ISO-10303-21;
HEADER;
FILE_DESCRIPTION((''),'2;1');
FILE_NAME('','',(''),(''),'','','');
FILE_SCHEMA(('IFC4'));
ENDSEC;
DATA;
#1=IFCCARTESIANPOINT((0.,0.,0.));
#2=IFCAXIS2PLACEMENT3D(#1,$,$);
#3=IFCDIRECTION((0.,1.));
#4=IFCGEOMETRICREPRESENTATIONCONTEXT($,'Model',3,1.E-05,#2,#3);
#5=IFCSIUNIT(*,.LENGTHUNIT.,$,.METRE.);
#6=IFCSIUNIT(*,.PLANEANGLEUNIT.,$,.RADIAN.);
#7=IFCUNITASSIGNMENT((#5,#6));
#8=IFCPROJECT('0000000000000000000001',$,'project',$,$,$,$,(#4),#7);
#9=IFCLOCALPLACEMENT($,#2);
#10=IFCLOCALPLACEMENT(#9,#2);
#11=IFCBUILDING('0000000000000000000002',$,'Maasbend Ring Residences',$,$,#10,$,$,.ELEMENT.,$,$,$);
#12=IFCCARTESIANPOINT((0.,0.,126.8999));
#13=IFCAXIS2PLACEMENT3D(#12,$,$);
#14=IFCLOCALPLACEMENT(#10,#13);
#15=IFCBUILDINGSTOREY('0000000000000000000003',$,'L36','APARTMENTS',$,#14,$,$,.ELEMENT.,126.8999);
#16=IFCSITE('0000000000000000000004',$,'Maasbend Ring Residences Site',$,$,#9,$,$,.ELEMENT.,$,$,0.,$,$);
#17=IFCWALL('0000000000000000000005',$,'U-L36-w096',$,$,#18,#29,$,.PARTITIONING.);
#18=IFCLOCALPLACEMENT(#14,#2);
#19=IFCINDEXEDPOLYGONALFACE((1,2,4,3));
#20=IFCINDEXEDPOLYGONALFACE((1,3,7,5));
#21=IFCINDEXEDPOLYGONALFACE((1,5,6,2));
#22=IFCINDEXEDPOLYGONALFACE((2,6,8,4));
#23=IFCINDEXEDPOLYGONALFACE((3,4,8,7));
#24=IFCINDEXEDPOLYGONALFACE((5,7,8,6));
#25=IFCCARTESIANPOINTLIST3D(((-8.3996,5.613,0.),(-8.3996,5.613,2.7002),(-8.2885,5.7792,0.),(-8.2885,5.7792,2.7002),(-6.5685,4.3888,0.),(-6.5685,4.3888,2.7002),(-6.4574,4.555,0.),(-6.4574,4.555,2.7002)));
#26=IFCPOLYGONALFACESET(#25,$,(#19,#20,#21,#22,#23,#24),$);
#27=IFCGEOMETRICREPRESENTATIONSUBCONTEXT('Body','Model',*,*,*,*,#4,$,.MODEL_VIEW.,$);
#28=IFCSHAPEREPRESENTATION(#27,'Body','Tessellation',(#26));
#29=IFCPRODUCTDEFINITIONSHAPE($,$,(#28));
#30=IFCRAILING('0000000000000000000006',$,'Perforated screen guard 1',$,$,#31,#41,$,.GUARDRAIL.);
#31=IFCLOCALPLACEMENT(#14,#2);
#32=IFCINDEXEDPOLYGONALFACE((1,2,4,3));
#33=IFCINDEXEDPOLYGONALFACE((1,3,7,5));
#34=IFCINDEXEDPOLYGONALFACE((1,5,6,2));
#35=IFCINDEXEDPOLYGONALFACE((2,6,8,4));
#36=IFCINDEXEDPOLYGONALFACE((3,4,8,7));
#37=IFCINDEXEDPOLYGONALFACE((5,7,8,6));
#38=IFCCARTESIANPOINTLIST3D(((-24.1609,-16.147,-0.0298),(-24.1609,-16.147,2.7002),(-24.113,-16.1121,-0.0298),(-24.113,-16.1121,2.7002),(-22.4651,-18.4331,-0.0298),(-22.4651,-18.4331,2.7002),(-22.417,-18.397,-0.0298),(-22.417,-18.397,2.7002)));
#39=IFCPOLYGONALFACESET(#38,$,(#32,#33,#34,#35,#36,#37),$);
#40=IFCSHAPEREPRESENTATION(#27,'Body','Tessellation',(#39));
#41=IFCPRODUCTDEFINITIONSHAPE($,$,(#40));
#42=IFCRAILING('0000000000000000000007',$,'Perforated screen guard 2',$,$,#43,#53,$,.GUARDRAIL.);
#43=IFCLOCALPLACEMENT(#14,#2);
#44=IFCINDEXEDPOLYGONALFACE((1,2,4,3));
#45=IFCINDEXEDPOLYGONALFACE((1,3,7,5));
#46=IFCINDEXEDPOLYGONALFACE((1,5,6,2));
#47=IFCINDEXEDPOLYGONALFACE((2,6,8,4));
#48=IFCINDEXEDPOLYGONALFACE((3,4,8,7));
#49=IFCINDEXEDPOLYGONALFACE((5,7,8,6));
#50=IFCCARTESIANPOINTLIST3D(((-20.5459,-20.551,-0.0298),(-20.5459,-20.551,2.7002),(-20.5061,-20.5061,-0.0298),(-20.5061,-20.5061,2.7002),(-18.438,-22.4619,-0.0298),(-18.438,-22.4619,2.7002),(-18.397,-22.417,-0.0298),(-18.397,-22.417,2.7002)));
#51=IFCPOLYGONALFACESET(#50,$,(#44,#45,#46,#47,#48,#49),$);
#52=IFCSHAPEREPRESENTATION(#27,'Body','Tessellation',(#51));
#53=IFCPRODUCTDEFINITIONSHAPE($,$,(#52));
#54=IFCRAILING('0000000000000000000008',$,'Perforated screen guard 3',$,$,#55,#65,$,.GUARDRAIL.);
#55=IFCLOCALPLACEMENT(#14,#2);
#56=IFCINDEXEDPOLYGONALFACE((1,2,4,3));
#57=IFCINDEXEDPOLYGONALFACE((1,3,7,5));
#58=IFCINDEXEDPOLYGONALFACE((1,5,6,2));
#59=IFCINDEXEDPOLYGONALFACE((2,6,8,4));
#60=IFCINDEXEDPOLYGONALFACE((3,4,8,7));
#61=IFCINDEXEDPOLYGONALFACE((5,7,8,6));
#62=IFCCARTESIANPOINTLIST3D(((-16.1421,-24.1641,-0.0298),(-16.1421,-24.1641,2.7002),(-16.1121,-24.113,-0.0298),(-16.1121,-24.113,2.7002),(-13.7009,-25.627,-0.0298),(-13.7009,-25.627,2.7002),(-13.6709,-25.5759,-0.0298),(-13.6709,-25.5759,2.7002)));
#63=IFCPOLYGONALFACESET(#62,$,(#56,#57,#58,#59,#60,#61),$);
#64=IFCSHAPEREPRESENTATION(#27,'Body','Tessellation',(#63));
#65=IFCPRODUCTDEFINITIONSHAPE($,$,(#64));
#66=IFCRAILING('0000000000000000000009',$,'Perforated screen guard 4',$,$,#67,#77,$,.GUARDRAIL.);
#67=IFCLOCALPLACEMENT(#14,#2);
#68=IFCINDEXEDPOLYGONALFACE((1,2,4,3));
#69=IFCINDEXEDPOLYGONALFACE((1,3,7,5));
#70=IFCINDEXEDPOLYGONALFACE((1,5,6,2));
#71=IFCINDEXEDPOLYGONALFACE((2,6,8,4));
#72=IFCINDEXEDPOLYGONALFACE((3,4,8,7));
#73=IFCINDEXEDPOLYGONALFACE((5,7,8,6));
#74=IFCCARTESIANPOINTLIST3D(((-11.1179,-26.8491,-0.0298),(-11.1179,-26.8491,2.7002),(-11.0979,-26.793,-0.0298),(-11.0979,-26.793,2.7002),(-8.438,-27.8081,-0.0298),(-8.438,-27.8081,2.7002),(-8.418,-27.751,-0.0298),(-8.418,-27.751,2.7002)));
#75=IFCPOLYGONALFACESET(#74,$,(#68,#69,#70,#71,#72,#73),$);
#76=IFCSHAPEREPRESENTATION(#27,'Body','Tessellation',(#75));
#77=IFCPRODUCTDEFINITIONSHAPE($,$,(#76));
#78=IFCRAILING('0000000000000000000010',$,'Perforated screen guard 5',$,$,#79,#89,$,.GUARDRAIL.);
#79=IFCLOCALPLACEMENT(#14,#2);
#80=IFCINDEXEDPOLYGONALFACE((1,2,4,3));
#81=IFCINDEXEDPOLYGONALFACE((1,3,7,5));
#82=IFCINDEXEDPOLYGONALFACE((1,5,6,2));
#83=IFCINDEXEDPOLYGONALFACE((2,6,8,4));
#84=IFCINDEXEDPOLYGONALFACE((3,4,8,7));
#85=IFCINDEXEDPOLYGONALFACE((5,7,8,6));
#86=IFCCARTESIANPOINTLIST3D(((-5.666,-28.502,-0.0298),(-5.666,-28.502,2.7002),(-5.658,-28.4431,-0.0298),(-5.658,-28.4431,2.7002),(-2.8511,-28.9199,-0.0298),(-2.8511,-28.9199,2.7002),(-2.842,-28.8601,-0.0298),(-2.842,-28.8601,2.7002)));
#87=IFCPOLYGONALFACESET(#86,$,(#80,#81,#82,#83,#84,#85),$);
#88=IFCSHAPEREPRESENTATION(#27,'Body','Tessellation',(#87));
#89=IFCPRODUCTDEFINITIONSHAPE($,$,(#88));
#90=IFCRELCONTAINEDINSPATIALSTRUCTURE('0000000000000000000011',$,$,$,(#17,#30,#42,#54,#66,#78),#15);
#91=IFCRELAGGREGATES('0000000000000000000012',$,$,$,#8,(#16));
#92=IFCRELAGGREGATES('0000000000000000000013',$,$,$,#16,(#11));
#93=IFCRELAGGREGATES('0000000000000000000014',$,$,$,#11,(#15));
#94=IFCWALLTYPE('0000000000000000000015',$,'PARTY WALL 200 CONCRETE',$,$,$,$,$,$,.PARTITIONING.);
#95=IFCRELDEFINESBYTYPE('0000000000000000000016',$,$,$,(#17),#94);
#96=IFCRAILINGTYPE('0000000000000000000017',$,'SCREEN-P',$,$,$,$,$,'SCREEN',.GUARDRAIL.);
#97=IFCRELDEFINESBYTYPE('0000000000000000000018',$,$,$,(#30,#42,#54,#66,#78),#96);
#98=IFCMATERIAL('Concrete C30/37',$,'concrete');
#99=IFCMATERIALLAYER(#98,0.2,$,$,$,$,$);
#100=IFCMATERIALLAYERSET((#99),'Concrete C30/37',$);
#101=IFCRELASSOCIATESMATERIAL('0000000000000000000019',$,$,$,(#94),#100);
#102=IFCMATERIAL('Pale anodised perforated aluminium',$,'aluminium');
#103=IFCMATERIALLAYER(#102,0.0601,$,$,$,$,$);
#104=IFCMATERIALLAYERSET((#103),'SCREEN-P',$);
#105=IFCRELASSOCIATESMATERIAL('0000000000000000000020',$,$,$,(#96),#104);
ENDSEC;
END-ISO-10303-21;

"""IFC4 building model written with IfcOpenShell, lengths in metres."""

from ifc_helpers import new_model, si_unit, direction, frame, frame_2d, origin, place, context, subcontext, project, spatial, polyline, rectangle, outline, extrude, material, layer, layer_set, type_object, element, save


model = new_model("IFC4")

# Units and contexts
model_context = context("Model", 3, precision=1e-05, world=origin(), true_north=direction((0.0, 1.0)))
body_context = subcontext(model_context, "Body", "Model", "MODEL_VIEW")
ifc_project = project(units=[si_unit("LENGTHUNIT", "METRE"), si_unit("PLANEANGLEUNIT", "RADIAN")], contexts=[model_context])

# Site, building, storey
site_placement = place(None, origin())
site = spatial("IfcSite", under=ifc_project, at=site_placement, Name="Maasbend Ring Residences Site", CompositionType="ELEMENT", RefElevation=0.0)
building_placement = place(site_placement, origin())
building = spatial("IfcBuilding", under=site, at=building_placement, Name="Maasbend Ring Residences", CompositionType="ELEMENT")
storey_placement = place(building_placement, frame((0.0, 0.0, 126.8999)))
storey = spatial("IfcBuildingStorey", under=building, at=storey_placement, Name="L36", Description="APARTMENTS", CompositionType="ELEMENT", Elevation=126.8999)

# Wall
ifc_material_1 = material(Name="Concrete C30/37", Category="concrete")
ifc_layer_1 = layer(ifc_material_1, 0.2)
ifc_layer_set_1 = layer_set([ifc_layer_1], Name="Concrete C30/37")
wall_type = type_object("IfcWallType", Name="PARTY WALL 200 CONCRETE", PredefinedType="PARTITIONING", material=ifc_layer_set_1)
wall_placement = place(storey_placement, frame((-6.5129, 4.4719, 0.0), z_axis=(0.0, 0.0, 1.0), x_axis=(-0.831333, 0.555774, 0.0)))
element("IfcWall", 1, at=wall_placement, inside=storey, type_object=wall_type, Name="U-L36-w096", PredefinedType="PARTITIONING", context=body_context, shape_type="SweptSolid", body=[
    extrude(rectangle(XDim=2.2026, YDim=0.2, at=frame_2d((1.1013, 0.0))), origin(), (0.0, 0.0, 1.0), 2.7002),
])

# Railings
ifc_material_2 = material(Name="Pale anodised perforated aluminium", Category="aluminium")
ifc_layer_2 = layer(ifc_material_2, 0.0601)
ifc_layer_set_2 = layer_set([ifc_layer_2], Name="SCREEN-P")
railing_type = type_object("IfcRailingType", Name="SCREEN-P", ElementType="SCREEN", PredefinedType="GUARDRAIL", material=ifc_layer_set_2)
railing_1_placement = place(storey_placement, frame((0.0, 0.0, -0.0298)))
element("IfcRailing", 2, at=railing_1_placement, inside=storey, type_object=railing_type, Name="Perforated screen guard 1", PredefinedType="GUARDRAIL", context=body_context, shape_type="SweptSolid", body=[
    extrude(outline(polyline([(-24.113, -16.1121), (-22.417, -18.397), (-22.4651, -18.4331), (-24.1609, -16.147), (-24.113, -16.1121)])), origin(), (0.0, 0.0, 1.0), 2.73),
])
railing_2_placement = place(storey_placement, frame((0.0, 0.0, -0.0298)))
element("IfcRailing", 3, at=railing_2_placement, inside=storey, type_object=railing_type, Name="Perforated screen guard 2", PredefinedType="GUARDRAIL", context=body_context, shape_type="SweptSolid", body=[
    extrude(outline(polyline([(-20.5061, -20.5061), (-18.397, -22.417), (-18.438, -22.4619), (-20.5459, -20.551), (-20.5061, -20.5061)])), origin(), (0.0, 0.0, 1.0), 2.73),
])
railing_3_placement = place(storey_placement, frame((0.0, 0.0, -0.0298)))
element("IfcRailing", 4, at=railing_3_placement, inside=storey, type_object=railing_type, Name="Perforated screen guard 3", PredefinedType="GUARDRAIL", context=body_context, shape_type="SweptSolid", body=[
    extrude(outline(polyline([(-16.1121, -24.113), (-13.6709, -25.5759), (-13.7009, -25.627), (-16.1421, -24.1641), (-16.1121, -24.113)])), origin(), (0.0, 0.0, 1.0), 2.73),
])
railing_4_placement = place(storey_placement, frame((0.0, 0.0, -0.0298)))
element("IfcRailing", 5, at=railing_4_placement, inside=storey, type_object=railing_type, Name="Perforated screen guard 4", PredefinedType="GUARDRAIL", context=body_context, shape_type="SweptSolid", body=[
    extrude(outline(polyline([(-11.0979, -26.793), (-8.418, -27.751), (-8.438, -27.8081), (-11.1179, -26.8491), (-11.0979, -26.793)])), origin(), (0.0, 0.0, 1.0), 2.73),
])
railing_5_placement = place(storey_placement, frame((0.0, 0.0, -0.0298)))
element("IfcRailing", 6, at=railing_5_placement, inside=storey, type_object=railing_type, Name="Perforated screen guard 5", PredefinedType="GUARDRAIL", context=body_context, shape_type="SweptSolid", body=[
    extrude(outline(polyline([(-5.658, -28.4431), (-2.842, -28.8601), (-2.8511, -28.9199), (-5.666, -28.502), (-5.658, -28.4431)])), origin(), (0.0, 0.0, 1.0), 2.73),
])

save(model, "model.ifc")
